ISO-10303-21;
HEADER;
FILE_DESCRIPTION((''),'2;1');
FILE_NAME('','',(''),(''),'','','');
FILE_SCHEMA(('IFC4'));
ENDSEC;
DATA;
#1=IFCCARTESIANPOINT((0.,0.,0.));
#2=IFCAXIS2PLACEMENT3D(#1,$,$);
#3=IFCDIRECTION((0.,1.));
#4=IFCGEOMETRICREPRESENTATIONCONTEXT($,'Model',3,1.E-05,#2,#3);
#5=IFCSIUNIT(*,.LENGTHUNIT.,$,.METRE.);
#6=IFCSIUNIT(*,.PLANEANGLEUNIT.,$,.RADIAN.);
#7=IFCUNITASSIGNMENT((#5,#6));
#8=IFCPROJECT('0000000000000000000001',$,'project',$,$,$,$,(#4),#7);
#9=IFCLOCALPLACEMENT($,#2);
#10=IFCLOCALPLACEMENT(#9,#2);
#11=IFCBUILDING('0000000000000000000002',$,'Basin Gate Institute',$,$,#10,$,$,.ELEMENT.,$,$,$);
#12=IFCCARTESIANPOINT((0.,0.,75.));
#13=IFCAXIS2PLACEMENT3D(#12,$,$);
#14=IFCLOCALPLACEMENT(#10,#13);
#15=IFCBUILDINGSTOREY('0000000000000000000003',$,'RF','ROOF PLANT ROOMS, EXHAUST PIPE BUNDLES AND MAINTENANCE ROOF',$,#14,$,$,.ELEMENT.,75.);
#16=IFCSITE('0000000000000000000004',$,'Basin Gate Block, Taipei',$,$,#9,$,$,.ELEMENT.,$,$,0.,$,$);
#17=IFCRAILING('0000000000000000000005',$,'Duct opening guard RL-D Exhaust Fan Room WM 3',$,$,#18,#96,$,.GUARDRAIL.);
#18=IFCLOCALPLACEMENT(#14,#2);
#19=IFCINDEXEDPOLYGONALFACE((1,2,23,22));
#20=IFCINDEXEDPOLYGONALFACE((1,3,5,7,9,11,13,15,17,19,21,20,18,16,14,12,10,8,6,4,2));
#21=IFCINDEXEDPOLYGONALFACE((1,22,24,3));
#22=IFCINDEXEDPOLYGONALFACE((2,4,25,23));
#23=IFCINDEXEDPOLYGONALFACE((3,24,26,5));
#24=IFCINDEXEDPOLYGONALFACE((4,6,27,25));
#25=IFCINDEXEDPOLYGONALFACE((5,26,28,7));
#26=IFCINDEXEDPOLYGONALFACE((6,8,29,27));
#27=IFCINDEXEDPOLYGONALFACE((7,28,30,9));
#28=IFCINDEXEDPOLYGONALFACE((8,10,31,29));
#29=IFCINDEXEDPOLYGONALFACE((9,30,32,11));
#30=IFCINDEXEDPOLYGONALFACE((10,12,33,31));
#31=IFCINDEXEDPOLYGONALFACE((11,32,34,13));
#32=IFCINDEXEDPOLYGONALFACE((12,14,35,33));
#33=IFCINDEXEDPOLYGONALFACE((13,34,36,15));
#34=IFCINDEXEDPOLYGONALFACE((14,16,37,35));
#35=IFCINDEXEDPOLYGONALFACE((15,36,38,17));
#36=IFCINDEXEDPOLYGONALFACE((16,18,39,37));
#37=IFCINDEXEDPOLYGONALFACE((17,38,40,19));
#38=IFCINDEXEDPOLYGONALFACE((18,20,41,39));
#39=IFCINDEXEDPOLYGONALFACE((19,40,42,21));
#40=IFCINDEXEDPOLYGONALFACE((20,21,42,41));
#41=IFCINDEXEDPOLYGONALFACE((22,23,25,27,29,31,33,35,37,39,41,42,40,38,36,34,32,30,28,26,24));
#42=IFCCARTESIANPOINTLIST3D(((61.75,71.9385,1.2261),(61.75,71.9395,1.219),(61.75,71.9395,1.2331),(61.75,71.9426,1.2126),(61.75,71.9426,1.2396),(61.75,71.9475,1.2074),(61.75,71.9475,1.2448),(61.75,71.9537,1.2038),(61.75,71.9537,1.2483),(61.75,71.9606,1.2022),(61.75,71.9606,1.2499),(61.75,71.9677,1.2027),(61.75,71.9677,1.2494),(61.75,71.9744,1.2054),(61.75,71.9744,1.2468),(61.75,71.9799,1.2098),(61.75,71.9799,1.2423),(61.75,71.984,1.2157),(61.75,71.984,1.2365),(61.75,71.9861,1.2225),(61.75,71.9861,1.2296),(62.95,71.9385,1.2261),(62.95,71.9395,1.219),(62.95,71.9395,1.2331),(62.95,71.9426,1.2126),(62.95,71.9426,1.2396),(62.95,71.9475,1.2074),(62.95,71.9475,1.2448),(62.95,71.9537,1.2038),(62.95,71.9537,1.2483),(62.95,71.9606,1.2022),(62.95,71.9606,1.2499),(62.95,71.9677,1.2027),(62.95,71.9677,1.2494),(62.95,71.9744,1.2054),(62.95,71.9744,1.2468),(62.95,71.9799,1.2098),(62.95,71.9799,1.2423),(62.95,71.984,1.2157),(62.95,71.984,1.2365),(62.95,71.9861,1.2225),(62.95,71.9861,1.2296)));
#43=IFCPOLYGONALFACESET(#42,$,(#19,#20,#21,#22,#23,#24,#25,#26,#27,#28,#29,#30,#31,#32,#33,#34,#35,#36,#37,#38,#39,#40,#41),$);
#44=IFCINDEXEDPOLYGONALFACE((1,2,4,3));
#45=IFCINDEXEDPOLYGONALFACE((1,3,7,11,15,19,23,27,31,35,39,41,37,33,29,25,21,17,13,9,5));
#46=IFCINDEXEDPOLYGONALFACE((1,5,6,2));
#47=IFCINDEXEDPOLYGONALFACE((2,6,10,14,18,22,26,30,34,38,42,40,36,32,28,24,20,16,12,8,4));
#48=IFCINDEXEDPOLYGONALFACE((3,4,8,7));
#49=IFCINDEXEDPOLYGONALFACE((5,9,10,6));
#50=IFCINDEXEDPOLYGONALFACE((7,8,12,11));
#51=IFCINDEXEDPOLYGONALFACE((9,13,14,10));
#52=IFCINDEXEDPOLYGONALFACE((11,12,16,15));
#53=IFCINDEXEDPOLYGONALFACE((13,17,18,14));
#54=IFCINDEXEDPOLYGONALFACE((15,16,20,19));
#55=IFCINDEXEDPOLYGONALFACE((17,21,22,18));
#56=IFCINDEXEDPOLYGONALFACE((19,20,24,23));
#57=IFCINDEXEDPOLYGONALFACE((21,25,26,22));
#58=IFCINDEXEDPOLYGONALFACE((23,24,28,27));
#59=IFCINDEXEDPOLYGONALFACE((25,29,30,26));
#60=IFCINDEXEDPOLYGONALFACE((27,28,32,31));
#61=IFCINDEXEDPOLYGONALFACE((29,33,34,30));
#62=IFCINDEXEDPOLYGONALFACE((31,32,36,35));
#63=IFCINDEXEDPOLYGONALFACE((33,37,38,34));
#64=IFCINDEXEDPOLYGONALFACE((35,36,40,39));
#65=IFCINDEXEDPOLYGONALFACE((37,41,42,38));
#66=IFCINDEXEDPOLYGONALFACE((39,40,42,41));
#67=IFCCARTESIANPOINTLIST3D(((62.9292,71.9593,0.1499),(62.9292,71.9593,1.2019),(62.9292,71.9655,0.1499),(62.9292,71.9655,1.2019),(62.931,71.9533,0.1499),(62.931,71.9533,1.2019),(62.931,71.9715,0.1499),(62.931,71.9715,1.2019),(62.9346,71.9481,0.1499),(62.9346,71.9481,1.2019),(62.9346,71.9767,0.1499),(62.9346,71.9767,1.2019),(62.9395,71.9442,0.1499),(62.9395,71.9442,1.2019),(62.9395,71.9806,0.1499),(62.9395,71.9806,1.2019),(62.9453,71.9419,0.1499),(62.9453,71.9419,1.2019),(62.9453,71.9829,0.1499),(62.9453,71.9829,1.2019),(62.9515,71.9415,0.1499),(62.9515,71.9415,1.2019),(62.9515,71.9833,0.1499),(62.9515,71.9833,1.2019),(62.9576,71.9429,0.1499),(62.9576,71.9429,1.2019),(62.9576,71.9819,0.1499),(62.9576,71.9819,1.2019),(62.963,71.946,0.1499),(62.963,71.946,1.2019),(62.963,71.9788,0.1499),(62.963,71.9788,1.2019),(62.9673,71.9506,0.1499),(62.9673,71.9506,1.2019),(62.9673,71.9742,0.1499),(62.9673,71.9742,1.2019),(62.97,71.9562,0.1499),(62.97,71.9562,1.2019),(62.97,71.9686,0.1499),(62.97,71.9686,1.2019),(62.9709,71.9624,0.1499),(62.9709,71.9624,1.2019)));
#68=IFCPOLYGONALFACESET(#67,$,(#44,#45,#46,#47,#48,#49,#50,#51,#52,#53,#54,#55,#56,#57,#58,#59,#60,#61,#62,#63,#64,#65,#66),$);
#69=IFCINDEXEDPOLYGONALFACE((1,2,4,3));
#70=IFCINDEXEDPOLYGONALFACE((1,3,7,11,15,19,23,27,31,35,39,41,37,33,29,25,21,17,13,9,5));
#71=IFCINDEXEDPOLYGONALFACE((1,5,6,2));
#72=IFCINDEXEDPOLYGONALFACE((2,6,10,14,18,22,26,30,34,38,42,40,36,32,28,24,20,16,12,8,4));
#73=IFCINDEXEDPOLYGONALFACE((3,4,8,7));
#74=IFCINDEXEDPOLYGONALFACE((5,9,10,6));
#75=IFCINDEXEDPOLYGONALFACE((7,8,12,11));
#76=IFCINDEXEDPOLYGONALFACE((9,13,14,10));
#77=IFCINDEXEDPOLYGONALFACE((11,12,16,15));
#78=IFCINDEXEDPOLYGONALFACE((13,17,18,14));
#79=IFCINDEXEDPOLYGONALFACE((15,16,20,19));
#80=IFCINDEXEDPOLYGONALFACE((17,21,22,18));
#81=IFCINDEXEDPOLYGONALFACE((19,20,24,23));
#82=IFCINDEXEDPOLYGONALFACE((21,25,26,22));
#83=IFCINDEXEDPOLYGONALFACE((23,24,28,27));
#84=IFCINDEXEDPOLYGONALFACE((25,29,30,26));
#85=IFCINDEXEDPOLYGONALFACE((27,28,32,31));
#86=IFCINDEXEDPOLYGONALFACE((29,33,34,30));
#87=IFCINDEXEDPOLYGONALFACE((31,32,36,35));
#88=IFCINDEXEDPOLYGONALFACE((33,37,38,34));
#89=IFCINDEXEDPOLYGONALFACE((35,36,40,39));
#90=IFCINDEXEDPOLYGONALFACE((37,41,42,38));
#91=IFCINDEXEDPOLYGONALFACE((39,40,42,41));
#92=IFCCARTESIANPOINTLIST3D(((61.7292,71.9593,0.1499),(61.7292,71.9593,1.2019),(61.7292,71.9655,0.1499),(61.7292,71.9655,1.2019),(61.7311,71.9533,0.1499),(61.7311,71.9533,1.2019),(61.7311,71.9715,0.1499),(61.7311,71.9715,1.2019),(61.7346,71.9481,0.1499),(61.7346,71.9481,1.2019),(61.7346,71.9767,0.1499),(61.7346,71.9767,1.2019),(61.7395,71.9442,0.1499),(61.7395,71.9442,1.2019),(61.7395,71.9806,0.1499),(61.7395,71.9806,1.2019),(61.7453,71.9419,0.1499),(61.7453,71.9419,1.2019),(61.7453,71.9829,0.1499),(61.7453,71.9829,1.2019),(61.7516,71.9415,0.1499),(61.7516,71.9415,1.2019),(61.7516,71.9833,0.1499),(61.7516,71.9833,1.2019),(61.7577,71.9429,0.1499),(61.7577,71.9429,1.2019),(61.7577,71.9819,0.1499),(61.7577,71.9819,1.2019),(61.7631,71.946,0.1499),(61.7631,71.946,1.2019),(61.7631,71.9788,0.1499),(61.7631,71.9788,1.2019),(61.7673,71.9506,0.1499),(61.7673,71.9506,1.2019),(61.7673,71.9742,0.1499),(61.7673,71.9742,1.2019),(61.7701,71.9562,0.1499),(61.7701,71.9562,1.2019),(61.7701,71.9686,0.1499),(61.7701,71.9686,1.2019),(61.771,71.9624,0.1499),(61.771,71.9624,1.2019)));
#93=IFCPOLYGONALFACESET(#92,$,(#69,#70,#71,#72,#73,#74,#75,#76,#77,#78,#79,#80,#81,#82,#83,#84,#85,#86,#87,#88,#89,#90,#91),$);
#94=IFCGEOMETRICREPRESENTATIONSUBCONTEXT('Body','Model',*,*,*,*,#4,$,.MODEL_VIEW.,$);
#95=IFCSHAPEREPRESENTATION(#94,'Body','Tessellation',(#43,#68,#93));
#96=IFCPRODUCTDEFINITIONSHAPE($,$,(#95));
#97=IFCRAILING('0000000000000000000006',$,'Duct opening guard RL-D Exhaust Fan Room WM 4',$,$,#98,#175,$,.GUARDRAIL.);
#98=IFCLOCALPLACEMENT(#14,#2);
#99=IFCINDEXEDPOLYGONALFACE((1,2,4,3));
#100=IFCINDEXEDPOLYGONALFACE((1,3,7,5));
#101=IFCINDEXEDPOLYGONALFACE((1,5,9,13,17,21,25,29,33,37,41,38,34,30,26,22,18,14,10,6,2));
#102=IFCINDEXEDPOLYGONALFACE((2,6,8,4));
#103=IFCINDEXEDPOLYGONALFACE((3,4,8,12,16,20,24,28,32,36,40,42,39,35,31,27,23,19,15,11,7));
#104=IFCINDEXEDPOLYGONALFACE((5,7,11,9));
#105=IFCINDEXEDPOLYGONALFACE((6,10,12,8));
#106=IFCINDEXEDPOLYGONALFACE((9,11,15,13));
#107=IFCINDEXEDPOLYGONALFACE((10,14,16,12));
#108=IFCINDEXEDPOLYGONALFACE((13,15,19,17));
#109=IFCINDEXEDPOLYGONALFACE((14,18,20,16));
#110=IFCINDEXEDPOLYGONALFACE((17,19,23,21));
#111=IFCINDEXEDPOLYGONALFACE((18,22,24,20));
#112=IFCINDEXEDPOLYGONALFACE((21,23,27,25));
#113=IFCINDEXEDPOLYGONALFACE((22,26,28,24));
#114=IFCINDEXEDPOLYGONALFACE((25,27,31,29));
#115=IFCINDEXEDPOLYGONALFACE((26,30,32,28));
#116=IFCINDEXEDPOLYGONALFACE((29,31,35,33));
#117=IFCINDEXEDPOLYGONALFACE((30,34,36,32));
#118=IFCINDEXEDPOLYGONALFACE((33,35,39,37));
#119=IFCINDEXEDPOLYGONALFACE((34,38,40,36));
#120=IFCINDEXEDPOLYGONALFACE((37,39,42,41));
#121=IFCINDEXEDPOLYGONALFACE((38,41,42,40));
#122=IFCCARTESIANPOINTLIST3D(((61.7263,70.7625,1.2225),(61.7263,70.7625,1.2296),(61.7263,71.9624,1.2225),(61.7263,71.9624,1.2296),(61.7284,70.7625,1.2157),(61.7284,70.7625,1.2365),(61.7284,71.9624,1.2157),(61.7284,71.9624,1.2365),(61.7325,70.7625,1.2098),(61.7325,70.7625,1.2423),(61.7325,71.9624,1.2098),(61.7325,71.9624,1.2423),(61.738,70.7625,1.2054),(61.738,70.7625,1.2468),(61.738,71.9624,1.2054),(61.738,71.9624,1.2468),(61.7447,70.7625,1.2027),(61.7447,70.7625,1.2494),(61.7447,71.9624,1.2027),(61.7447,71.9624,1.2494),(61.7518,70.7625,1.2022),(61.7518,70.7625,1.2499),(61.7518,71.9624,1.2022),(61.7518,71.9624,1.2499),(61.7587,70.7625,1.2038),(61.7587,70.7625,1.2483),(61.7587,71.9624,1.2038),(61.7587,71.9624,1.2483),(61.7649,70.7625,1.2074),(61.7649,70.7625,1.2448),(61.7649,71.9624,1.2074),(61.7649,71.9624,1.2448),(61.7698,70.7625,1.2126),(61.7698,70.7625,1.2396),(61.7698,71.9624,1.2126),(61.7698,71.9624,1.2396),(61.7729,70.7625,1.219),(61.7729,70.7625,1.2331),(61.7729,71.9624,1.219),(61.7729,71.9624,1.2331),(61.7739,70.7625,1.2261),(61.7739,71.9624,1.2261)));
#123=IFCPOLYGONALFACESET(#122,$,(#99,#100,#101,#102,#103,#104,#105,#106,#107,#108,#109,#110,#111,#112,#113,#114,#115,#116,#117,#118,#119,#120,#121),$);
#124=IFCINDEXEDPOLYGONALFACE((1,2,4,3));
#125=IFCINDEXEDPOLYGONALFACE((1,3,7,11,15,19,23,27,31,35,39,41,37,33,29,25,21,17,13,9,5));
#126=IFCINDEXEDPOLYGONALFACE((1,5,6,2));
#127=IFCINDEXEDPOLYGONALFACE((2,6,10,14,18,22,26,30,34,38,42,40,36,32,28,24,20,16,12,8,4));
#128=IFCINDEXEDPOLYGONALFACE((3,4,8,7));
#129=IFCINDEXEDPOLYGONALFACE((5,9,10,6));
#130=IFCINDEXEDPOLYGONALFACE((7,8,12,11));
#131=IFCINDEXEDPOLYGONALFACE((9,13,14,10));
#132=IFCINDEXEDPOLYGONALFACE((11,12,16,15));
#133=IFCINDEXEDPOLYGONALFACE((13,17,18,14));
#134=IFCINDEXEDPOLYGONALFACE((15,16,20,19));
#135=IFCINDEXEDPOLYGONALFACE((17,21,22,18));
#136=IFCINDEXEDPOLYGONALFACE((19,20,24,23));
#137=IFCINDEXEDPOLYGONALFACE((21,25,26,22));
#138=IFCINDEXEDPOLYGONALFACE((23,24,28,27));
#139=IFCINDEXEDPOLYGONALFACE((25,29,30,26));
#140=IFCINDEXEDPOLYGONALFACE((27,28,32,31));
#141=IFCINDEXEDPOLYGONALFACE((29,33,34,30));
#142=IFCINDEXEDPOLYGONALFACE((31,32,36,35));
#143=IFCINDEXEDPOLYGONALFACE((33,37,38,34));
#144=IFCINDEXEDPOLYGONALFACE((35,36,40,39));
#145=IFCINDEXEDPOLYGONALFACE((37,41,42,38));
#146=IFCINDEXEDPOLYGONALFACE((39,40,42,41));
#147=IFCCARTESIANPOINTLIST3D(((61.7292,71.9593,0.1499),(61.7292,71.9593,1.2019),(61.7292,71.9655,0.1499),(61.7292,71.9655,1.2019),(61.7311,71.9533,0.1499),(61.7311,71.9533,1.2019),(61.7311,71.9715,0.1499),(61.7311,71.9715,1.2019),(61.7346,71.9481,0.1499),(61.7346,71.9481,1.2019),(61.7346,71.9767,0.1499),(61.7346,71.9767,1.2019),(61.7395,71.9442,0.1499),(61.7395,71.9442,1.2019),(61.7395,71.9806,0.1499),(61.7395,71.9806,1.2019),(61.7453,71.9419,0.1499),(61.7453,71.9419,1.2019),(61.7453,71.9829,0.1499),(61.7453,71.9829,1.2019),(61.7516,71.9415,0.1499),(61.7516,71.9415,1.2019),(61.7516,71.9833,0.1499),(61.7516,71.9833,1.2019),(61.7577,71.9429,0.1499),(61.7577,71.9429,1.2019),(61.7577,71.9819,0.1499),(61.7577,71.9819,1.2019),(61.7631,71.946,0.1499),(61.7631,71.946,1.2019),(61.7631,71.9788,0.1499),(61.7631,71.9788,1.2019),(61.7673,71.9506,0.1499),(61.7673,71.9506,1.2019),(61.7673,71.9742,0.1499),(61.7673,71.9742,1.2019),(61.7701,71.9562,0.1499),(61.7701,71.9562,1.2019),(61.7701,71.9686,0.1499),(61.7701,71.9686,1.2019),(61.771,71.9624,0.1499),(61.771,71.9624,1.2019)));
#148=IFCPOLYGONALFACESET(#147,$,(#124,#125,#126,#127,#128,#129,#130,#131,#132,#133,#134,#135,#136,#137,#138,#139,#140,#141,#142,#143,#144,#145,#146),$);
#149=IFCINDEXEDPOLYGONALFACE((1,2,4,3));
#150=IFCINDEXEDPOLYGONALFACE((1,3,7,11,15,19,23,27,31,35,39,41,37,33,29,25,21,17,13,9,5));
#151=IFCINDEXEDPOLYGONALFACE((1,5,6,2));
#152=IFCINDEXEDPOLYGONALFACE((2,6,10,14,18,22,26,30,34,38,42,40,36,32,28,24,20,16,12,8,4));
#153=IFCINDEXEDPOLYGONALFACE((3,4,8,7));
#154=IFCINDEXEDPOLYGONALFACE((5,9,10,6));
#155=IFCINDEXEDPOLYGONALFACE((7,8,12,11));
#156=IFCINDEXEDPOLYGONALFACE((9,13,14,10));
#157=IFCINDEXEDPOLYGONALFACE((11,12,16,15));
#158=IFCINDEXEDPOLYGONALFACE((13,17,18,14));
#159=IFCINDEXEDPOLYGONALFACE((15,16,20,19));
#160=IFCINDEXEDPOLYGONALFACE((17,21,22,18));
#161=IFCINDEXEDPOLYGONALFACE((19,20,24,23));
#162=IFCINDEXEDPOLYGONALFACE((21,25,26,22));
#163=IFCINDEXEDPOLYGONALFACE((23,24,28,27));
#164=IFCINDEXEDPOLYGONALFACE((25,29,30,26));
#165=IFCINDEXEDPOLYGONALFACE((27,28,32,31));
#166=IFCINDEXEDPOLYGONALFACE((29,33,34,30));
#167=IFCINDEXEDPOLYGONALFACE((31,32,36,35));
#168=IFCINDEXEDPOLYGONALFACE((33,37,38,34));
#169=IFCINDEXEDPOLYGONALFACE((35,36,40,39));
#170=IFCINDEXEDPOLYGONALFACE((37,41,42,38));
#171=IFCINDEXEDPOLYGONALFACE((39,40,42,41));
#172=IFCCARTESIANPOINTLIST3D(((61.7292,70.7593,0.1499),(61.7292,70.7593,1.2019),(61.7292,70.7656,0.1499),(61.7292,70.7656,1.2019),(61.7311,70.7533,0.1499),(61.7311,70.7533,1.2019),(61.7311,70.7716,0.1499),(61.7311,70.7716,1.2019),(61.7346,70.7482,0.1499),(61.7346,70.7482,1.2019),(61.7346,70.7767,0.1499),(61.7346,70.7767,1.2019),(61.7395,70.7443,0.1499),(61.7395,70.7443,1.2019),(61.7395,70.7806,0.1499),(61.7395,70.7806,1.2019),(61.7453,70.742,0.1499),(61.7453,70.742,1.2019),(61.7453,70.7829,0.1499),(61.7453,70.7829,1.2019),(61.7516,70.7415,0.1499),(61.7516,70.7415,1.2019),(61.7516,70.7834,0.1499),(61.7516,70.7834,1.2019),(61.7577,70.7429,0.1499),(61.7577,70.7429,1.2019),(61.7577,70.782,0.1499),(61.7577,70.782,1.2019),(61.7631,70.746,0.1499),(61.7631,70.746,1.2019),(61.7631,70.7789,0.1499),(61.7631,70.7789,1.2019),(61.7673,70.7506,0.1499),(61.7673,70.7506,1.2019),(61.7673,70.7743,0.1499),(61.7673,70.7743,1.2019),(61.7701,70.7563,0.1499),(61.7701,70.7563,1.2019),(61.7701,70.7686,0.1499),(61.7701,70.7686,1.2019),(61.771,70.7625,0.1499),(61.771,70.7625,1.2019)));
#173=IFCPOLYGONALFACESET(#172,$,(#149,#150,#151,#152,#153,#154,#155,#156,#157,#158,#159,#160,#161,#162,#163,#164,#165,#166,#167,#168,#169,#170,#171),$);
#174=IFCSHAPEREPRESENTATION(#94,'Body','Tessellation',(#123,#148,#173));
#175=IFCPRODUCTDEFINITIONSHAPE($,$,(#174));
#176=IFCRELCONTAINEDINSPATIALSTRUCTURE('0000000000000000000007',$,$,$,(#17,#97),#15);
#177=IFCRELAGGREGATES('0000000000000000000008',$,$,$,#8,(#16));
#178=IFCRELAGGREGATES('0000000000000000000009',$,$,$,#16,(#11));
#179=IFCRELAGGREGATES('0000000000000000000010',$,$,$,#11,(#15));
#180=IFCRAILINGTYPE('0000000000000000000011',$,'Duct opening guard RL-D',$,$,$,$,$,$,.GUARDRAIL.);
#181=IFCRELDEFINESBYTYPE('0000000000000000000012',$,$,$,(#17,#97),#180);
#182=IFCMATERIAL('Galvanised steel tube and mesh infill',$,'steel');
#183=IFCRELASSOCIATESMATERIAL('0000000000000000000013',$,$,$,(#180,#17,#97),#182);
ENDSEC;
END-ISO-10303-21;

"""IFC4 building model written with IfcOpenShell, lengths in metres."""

from ifc_helpers import new_model, si_unit, direction, frame, origin, origin_2d, place, context, subcontext, project, spatial, circle, extrude, material, type_object, element, save


model = new_model("IFC4")

# Units and contexts
model_context = context("Model", 3, precision=1e-05, world=origin(), true_north=direction((0.0, 1.0)))
body_context = subcontext(model_context, "Body", "Model", "MODEL_VIEW")
ifc_project = project(units=[si_unit("LENGTHUNIT", "METRE"), si_unit("PLANEANGLEUNIT", "RADIAN")], contexts=[model_context])

# Site, building, storey
site_placement = place(None, origin())
site = spatial("IfcSite", under=ifc_project, at=site_placement, Name="Basin Gate Block, Taipei", CompositionType="ELEMENT", RefElevation=0.0)
building_placement = place(site_placement, origin())
building = spatial("IfcBuilding", under=site, at=building_placement, Name="Basin Gate Institute", CompositionType="ELEMENT")
storey_placement = place(building_placement, frame((0.0, 0.0, 75.0)))
storey = spatial("IfcBuildingStorey", under=building, at=storey_placement, Name="RF", Description="ROOF PLANT ROOMS, EXHAUST PIPE BUNDLES AND MAINTENANCE ROOF", CompositionType="ELEMENT", Elevation=75.0)

# Railings
ifc_material_1 = material(Name="Galvanised steel tube and mesh infill", Category="steel")
railing_type_1 = type_object("IfcRailingType", Name="Duct opening guard RL-D", PredefinedType="GUARDRAIL", material=ifc_material_1)
railing_1_placement = place(storey_placement, frame((62.95, 71.9624, 0.1499)))
element("IfcRailing", 1, at=railing_1_placement, inside=storey, type_object=railing_type_1, material=ifc_material_1, Name="Duct opening guard RL-D Exhaust Fan Room WM 3", PredefinedType="GUARDRAIL", context=body_context, shape_type="SweptSolid", body=[
    extrude(circle(Radius=0.0239, at=origin_2d()), frame((0.0, 0.0, 1.0762), z_axis=(-1.0, 0.0, 0.0), x_axis=(0.0, -1.0, 0.0)), (0.0, 0.0, 1.0), 1.2),
    extrude(circle(Radius=0.021, at=origin_2d()), origin(), (0.0, 0.0, 1.0), 1.052),
    extrude(circle(Radius=0.021, at=origin_2d()), frame((-1.2, 0.0, 0.0)), (0.0, 0.0, 1.0), 1.052),
])
railing_2_placement = place(storey_placement, frame((61.75, 71.9624, 0.1499)))
element("IfcRailing", 2, at=railing_2_placement, inside=storey, type_object=railing_type_1, material=ifc_material_1, Name="Duct opening guard RL-D Exhaust Fan Room WM 4", PredefinedType="GUARDRAIL", context=body_context, shape_type="SweptSolid", body=[
    extrude(circle(Radius=0.0239, at=origin_2d()), frame((0.0, 0.0, 1.0762), z_axis=(0.0, -1.0, 0.0), x_axis=(1.0, 0.0, 0.0)), (0.0, 0.0, 1.0), 1.2),
    extrude(circle(Radius=0.021, at=origin_2d()), origin(), (0.0, 0.0, 1.0), 1.052),
    extrude(circle(Radius=0.021, at=origin_2d()), frame((0.0, -1.2, 0.0)), (0.0, 0.0, 1.0), 1.052),
])

save(model, "model.ifc")
